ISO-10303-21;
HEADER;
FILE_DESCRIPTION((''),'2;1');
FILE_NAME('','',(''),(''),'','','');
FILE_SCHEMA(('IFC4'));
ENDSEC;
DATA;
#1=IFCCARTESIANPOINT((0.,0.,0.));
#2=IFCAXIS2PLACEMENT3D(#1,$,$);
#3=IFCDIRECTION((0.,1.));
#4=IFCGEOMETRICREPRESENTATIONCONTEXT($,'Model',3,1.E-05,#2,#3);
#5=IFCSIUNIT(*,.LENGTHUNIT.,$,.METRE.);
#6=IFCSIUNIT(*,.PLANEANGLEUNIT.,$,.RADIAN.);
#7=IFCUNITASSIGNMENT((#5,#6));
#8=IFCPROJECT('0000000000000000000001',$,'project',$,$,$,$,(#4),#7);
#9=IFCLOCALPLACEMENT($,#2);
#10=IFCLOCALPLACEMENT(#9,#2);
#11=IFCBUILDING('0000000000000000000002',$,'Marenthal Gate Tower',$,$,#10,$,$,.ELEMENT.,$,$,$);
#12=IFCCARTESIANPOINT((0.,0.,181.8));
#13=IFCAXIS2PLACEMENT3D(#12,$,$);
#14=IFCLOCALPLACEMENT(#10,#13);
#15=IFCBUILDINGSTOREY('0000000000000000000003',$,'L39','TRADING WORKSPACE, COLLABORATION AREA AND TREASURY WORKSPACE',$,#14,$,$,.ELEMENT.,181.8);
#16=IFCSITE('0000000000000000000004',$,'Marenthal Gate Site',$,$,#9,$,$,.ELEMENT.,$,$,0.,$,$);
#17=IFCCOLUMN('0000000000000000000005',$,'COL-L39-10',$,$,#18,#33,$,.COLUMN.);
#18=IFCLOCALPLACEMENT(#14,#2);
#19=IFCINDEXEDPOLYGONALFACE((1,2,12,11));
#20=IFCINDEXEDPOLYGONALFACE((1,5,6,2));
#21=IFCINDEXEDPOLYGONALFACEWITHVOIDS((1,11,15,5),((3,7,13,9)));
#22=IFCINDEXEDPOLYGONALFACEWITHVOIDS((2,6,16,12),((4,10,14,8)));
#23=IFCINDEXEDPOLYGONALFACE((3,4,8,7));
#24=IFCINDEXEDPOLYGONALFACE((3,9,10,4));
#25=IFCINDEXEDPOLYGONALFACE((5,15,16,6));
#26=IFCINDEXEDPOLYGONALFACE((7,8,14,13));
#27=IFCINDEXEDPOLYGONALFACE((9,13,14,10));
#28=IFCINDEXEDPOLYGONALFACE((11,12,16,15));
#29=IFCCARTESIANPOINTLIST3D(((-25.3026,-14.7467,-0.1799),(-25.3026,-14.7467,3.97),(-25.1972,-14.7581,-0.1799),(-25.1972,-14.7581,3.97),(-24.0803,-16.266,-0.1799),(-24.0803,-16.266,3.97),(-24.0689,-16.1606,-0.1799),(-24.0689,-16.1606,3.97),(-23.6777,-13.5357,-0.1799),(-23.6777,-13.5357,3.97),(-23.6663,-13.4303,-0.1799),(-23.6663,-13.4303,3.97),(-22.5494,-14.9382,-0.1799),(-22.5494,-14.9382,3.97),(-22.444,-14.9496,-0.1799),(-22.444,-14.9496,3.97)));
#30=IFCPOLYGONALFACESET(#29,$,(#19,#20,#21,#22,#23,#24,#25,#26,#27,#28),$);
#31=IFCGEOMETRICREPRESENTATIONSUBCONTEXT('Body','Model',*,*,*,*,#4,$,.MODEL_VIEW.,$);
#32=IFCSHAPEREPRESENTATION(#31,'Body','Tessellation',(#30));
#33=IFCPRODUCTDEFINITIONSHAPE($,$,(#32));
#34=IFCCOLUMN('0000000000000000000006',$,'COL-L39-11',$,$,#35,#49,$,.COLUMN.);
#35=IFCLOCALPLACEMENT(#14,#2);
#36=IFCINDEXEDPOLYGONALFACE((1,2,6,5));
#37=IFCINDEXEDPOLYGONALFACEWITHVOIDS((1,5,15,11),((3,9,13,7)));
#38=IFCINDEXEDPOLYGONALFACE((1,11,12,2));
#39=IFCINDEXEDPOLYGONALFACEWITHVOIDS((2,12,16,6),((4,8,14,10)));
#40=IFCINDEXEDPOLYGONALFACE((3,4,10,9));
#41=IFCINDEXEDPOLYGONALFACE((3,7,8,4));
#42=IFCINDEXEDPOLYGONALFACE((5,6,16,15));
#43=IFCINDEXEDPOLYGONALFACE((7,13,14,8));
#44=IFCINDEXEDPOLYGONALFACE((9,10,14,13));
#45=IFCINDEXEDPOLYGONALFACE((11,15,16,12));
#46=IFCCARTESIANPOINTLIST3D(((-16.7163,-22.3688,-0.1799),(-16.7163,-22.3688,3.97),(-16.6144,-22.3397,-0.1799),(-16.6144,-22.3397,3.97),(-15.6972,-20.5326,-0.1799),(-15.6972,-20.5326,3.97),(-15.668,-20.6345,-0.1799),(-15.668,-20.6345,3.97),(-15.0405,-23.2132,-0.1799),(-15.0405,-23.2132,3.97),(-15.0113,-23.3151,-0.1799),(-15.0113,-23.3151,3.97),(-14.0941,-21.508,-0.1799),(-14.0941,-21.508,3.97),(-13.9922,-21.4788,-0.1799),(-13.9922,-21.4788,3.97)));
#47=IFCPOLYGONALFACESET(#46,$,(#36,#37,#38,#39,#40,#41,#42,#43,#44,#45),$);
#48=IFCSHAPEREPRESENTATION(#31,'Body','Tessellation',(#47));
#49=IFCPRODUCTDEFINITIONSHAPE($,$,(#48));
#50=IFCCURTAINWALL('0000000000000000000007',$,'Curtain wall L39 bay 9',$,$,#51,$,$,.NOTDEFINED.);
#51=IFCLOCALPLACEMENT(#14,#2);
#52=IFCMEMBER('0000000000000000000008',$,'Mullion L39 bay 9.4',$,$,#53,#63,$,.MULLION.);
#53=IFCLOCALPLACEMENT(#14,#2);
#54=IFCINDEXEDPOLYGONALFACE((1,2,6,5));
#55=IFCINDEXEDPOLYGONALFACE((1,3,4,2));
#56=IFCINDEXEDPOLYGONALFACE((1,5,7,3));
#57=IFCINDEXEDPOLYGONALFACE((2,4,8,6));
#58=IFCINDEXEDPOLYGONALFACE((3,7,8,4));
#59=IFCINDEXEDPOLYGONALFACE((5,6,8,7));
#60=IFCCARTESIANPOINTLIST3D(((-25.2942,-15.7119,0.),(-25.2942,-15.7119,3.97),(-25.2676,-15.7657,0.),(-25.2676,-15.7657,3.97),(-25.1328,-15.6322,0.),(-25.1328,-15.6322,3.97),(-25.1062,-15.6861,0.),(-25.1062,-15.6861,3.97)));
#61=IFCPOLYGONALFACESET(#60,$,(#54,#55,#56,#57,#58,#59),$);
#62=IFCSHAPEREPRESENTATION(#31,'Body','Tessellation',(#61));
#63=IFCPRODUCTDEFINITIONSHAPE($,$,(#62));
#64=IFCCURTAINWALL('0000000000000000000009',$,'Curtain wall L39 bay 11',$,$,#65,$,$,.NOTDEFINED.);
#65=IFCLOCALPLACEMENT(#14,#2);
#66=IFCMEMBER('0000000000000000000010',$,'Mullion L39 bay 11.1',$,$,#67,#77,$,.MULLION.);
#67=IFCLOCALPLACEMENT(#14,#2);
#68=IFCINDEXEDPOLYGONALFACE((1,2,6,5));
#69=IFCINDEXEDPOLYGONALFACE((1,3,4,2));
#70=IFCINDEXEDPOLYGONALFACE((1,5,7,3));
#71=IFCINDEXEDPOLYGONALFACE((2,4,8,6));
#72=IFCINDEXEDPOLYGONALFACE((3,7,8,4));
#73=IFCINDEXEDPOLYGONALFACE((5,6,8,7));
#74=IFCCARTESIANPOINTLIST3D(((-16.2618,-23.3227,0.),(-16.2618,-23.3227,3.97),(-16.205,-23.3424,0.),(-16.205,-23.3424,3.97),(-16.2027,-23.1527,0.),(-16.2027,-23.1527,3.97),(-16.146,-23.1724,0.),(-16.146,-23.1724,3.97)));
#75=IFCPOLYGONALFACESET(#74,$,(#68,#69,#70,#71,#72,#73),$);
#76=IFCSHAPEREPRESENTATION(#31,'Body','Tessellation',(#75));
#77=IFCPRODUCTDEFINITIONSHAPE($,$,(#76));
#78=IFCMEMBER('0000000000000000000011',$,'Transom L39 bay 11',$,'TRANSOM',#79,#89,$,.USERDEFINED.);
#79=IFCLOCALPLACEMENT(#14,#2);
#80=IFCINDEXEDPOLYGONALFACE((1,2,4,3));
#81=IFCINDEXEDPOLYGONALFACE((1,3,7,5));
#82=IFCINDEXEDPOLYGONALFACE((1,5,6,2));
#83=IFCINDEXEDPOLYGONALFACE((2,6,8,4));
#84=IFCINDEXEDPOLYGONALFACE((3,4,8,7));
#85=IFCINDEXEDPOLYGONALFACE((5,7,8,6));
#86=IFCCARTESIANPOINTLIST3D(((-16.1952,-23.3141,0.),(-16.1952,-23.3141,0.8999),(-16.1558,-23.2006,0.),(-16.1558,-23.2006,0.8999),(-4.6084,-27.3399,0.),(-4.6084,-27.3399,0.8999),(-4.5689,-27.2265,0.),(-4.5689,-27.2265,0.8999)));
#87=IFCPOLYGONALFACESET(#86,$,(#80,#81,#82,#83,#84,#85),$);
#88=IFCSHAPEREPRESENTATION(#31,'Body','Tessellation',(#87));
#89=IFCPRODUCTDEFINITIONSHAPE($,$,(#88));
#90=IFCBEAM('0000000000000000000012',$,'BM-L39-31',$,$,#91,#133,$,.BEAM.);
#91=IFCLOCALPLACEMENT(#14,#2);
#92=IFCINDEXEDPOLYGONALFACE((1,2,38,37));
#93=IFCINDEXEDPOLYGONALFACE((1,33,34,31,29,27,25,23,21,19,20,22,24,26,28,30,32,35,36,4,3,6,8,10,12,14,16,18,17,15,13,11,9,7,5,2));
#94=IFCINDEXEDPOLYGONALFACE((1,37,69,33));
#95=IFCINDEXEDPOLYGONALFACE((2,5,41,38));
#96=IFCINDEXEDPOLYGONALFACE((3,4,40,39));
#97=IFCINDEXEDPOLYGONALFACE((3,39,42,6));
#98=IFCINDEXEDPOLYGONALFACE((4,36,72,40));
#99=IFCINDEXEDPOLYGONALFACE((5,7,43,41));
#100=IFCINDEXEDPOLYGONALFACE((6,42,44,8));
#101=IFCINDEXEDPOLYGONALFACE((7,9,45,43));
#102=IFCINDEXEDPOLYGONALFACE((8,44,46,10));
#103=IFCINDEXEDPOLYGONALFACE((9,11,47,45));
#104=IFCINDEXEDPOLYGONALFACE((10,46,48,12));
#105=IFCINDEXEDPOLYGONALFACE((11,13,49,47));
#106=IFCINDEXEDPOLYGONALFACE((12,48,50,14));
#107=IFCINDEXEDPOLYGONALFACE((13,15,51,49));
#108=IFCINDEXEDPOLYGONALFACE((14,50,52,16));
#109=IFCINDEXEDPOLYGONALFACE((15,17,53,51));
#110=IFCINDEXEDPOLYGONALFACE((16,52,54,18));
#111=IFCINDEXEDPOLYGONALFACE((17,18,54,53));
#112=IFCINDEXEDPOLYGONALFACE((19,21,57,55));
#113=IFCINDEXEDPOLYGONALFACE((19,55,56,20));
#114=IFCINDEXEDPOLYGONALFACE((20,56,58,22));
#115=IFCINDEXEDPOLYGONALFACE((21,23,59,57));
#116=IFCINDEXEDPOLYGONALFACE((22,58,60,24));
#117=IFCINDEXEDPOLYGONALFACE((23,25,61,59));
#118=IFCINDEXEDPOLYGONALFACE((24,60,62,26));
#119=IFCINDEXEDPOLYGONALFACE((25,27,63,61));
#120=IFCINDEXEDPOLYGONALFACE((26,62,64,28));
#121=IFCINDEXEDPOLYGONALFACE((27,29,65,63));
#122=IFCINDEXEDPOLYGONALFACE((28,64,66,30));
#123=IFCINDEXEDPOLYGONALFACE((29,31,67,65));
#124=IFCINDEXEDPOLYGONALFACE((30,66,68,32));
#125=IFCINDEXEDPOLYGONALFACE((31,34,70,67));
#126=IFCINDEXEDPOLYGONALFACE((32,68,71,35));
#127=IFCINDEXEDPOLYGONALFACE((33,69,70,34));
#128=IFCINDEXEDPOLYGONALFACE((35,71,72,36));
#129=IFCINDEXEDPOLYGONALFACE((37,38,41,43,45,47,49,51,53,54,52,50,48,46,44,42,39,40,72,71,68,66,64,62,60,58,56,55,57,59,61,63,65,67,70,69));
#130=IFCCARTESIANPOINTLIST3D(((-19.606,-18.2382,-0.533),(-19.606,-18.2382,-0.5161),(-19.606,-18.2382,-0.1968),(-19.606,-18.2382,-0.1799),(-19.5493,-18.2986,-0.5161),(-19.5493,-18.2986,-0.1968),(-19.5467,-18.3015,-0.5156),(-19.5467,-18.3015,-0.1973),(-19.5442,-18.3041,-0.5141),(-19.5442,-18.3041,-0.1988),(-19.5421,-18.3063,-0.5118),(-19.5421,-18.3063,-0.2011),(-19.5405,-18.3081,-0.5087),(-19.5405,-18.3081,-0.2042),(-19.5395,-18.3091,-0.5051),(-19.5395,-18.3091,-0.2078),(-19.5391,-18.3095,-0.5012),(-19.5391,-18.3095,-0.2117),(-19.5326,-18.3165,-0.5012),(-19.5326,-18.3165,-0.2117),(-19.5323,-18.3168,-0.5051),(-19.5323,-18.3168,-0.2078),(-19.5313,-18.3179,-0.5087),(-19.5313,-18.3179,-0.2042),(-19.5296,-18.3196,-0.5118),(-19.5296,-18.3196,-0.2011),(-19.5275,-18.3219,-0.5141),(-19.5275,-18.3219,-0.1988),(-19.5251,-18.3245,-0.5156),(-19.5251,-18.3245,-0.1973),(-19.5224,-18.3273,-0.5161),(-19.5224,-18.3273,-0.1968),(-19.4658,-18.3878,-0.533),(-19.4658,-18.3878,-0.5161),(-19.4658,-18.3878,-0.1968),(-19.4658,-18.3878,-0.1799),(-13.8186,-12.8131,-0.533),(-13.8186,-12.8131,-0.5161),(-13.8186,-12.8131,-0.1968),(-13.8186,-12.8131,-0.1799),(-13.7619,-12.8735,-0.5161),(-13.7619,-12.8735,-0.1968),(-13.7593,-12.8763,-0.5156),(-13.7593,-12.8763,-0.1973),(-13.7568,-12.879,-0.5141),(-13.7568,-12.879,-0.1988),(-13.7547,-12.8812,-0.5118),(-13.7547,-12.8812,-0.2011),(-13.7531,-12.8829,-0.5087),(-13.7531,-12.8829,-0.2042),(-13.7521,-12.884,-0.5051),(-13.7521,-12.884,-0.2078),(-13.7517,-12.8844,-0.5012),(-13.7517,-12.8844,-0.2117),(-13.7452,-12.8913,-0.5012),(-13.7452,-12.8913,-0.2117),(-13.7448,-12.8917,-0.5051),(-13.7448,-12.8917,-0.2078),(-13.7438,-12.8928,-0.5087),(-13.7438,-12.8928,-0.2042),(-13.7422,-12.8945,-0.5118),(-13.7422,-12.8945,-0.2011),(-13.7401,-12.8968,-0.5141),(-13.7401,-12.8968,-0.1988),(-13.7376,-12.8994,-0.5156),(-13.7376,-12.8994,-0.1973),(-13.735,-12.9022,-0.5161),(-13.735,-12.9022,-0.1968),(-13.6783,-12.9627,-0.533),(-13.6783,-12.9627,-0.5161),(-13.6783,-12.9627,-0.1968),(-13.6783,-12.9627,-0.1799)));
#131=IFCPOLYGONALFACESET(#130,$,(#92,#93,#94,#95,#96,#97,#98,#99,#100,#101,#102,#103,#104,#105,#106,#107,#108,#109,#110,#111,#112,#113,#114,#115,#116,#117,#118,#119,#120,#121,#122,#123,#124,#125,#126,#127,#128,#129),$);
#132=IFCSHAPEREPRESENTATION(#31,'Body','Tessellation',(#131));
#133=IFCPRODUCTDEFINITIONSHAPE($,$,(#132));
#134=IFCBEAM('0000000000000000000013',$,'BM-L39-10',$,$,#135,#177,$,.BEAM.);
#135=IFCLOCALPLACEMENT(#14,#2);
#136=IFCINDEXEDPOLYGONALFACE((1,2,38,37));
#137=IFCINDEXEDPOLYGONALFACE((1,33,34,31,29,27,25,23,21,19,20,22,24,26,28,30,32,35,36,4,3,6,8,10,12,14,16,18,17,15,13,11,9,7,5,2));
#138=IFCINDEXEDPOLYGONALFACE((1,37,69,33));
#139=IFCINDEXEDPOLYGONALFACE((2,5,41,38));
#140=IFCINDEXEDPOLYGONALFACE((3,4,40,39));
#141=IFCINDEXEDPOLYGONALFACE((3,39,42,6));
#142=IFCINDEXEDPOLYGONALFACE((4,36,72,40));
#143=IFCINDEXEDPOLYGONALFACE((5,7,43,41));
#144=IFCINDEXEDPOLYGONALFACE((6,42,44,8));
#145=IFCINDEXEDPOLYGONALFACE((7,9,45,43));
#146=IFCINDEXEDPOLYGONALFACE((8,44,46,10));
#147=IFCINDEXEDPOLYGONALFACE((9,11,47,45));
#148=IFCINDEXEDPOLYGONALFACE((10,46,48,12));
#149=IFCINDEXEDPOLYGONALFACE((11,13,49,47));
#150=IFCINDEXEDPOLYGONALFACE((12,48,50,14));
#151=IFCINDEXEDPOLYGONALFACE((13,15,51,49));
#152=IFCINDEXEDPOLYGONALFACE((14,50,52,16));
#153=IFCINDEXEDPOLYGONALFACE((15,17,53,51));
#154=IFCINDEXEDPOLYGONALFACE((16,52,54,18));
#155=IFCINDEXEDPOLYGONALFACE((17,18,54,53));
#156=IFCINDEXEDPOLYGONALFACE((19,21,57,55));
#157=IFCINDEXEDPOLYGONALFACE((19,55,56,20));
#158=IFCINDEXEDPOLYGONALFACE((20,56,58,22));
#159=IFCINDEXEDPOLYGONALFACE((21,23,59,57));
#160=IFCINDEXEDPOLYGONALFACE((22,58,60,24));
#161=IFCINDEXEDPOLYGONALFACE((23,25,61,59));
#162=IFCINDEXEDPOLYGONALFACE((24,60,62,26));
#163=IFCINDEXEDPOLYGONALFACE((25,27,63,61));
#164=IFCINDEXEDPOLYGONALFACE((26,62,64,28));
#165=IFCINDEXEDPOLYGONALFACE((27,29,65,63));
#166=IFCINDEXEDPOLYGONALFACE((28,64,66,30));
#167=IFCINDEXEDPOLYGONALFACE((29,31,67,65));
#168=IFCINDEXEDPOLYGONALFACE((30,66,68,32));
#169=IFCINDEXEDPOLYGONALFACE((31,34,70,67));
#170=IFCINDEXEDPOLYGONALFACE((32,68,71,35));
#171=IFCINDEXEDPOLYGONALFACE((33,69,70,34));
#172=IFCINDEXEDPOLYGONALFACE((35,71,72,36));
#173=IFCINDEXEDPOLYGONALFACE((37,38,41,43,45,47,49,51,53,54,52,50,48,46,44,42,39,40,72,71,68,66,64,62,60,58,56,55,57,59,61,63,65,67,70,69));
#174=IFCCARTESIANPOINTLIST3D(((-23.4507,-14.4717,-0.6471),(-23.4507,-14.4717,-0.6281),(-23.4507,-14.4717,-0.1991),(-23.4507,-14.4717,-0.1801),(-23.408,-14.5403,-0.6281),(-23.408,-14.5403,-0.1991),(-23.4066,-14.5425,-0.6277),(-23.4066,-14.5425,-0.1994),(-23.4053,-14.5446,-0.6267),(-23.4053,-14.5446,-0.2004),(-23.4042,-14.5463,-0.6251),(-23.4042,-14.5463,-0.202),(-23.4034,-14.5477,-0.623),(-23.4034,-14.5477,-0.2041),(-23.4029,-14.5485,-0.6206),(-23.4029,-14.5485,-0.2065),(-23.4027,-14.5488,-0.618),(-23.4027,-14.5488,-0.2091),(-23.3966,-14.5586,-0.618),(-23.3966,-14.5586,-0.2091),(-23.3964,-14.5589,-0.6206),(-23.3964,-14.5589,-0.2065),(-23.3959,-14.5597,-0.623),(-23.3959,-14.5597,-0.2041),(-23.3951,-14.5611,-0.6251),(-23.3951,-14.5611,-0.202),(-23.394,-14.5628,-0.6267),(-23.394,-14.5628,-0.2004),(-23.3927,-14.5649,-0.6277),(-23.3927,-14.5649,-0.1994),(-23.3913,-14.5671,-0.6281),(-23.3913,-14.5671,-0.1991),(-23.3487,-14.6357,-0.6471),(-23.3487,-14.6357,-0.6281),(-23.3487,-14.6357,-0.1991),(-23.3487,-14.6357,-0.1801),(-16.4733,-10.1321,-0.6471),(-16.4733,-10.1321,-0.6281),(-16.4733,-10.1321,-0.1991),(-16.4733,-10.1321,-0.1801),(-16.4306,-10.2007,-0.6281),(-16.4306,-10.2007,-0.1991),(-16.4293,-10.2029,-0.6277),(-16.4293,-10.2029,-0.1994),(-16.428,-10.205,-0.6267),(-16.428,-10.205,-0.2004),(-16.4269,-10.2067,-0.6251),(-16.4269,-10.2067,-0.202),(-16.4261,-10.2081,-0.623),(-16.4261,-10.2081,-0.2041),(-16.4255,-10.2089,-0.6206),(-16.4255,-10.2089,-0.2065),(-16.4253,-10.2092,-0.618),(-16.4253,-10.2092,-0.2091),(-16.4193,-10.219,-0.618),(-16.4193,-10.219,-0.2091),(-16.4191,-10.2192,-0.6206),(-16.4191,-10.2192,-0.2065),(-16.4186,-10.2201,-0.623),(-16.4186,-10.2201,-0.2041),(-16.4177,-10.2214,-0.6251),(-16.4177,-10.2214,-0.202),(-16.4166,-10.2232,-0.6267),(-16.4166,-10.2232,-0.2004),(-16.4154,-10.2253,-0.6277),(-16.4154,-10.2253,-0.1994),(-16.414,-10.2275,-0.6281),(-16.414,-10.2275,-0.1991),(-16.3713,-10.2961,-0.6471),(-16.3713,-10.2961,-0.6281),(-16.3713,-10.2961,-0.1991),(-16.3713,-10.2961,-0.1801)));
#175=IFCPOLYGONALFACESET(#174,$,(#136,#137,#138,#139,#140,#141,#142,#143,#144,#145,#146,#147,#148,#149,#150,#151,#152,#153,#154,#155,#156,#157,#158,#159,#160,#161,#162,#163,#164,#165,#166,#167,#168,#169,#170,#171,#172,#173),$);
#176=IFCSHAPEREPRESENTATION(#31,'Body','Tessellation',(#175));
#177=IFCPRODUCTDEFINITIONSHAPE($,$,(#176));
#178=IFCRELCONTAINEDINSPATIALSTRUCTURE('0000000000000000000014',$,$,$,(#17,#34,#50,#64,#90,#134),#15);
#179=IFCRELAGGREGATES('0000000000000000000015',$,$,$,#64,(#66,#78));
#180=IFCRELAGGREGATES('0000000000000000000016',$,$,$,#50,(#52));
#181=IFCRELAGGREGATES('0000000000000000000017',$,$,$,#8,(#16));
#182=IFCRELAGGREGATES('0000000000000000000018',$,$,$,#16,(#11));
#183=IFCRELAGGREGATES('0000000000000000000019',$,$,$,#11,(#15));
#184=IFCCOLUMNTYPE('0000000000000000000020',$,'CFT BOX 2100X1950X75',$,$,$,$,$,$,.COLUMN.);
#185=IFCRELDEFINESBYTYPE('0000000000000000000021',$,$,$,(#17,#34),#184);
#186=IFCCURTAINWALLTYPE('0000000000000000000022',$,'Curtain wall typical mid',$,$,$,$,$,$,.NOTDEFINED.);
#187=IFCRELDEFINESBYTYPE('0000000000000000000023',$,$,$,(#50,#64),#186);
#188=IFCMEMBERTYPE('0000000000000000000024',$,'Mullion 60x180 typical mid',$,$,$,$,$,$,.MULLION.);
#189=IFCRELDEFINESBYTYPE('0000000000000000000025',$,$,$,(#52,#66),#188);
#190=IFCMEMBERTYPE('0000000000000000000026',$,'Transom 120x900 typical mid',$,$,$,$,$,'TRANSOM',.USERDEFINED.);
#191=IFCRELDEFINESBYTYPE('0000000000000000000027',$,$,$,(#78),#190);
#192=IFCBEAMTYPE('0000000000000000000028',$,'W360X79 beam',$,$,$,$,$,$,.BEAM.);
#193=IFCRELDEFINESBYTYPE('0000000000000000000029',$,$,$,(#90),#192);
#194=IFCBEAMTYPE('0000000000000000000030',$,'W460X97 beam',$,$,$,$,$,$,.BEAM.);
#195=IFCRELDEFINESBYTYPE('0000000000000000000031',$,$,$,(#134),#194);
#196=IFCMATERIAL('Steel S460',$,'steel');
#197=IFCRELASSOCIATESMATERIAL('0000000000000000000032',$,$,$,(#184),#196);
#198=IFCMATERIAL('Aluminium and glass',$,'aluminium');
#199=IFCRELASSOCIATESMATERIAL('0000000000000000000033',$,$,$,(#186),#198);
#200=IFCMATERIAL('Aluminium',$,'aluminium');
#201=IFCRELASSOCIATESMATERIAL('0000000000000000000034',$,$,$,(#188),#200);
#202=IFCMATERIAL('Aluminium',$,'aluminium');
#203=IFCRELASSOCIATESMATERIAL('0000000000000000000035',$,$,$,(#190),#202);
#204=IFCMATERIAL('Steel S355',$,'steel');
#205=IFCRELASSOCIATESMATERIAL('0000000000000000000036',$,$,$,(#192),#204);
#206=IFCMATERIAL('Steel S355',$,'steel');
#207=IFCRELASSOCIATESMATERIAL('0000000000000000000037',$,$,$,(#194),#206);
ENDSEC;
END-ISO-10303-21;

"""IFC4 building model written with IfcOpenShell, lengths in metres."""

from ifc_helpers import new_model, si_unit, direction, frame, origin, origin_2d, place, context, subcontext, project, spatial, rectangle, hollow_rectangle, i_section, extrude, material, material_profile, profile_set, type_object, element, aggregate, save


model = new_model("IFC4")

# Units and contexts
model_context = context("Model", 3, precision=1e-05, world=origin(), true_north=direction((0.0, 1.0)))
body_context = subcontext(model_context, "Body", "Model", "MODEL_VIEW")
ifc_project = project(units=[si_unit("LENGTHUNIT", "METRE"), si_unit("PLANEANGLEUNIT", "RADIAN")], contexts=[model_context])

# Site, building, storey
site_placement = place(None, origin())
site = spatial("IfcSite", under=ifc_project, at=site_placement, Name="Marenthal Gate Site", CompositionType="ELEMENT", RefElevation=0.0)
building_placement = place(site_placement, origin())
building = spatial("IfcBuilding", under=site, at=building_placement, Name="Marenthal Gate Tower", CompositionType="ELEMENT")
storey_placement = place(building_placement, frame((0.0, 0.0, 181.8)))
storey = spatial("IfcBuildingStorey", under=building, at=storey_placement, Name="L39", Description="TRADING WORKSPACE, COLLABORATION AREA AND TREASURY WORKSPACE", CompositionType="ELEMENT", Elevation=181.8)

# Columns
ifc_material_1 = material(Name="Steel S460", Category="steel")
ifc_material_profile_1 = material_profile(ifc_material_1, hollow_rectangle(XDim=1.95, YDim=2.1001, WallThickness=0.075, at=origin_2d()), Name="CFT BOX 2100X1950X75")
ifc_material_2 = material(Name="Concrete 70 MPa", Category="concrete")
ifc_material_profile_2 = material_profile(ifc_material_2, rectangle(XDim=1.8, YDim=1.95, at=origin_2d()), Name="CFT BOX 2100X1950X75 INFILL")
ifc_profile_set_1 = profile_set([ifc_material_profile_1, ifc_material_profile_2], Name="Steel S460 shell, Concrete 70 MPa infill")
column_type = type_object("IfcColumnType", Name="CFT BOX 2100X1950X75", PredefinedType="COLUMN", material=ifc_profile_set_1)
for number, where, z_axis, x_axis, name in (
    (1, (-23.8733, -14.8481, -0.1799), (0.0, 0.0, 1.0), (-0.626815, 0.779168, 0.0), "COL-L39-10"),
    (2, (-15.3542, -21.9238, -0.1799), (0.0, 0.0, 1.0), (-0.874371, 0.485258, 0.0), "COL-L39-11"),
):
    element("IfcColumn", number, at=place(storey_placement, frame(where, z_axis=z_axis, x_axis=x_axis)), inside=storey, type_object=column_type, Name=name, PredefinedType="COLUMN", context=body_context, shape_type="SweptSolid", body=[
        extrude(hollow_rectangle(XDim=1.95, YDim=2.1001, WallThickness=0.075, at=origin_2d()), origin(), (0.0, 0.0, 1.0), 4.1499),
    ])

# Curtain wall, member
ifc_material_3 = material(Name="Aluminium and glass", Category="aluminium")
curtain_wall_type = type_object("IfcCurtainWallType", Name="Curtain wall typical mid", PredefinedType="NOTDEFINED", material=ifc_material_3)
curtain_wall_1_placement = place(storey_placement, origin())
curtain_wall_1 = element("IfcCurtainWall", 3, at=curtain_wall_1_placement, inside=storey, type_object=curtain_wall_type, Name="Curtain wall L39 bay 9", PredefinedType="NOTDEFINED")
ifc_material_4 = material(Name="Aluminium", Category="aluminium")
ifc_material_profile_3 = material_profile(ifc_material_4, rectangle(XDim=0.1799, YDim=0.0601, at=origin_2d()), Name="60x180 aluminium mullion")
ifc_profile_set_2 = profile_set([ifc_material_profile_3], Name="Aluminium")
member_type_1 = type_object("IfcMemberType", Name="Mullion 60x180 typical mid", PredefinedType="MULLION", material=ifc_profile_set_2)
member_1_placement = place(storey_placement, frame((-25.2002, -15.699, 0.0), z_axis=(0.0, 0.0, 1.0), x_axis=(0.896643, 0.442753, 0.0)))
member_1 = element("IfcMember", 4, at=member_1_placement, type_object=member_type_1, Name="Mullion L39 bay 9.4", PredefinedType="MULLION", context=body_context, shape_type="SweptSolid", body=[
    extrude(rectangle(XDim=0.1799, YDim=0.0601, at=origin_2d()), origin(), (0.0, 0.0, 1.0), 3.97),
])

# Curtain wall, members
curtain_wall_2_placement = place(storey_placement, origin())
curtain_wall_2 = element("IfcCurtainWall", 5, at=curtain_wall_2_placement, inside=storey, type_object=curtain_wall_type, Name="Curtain wall L39 bay 11", PredefinedType="NOTDEFINED")
member_2_placement = place(storey_placement, frame((-16.2039, -23.2476, 0.0), z_axis=(0.0, 0.0, 1.0), x_axis=(0.328211, 0.944604, 0.0)))
member_2 = element("IfcMember", 6, at=member_2_placement, type_object=member_type_1, Name="Mullion L39 bay 11.1", PredefinedType="MULLION", context=body_context, shape_type="SweptSolid", body=[
    extrude(rectangle(XDim=0.1799, YDim=0.0601, at=origin_2d()), origin(), (0.0, 0.0, 1.0), 3.97),
])
ifc_material_5 = material(Name="Aluminium", Category="aluminium")
ifc_material_profile_4 = material_profile(ifc_material_5, rectangle(XDim=0.1201, YDim=0.8999, at=origin_2d()), Name="120x900 aluminium transom")
ifc_profile_set_3 = profile_set([ifc_material_profile_4], Name="Aluminium")
member_type_2 = type_object("IfcMemberType", Name="Transom 120x900 typical mid", ElementType="TRANSOM", PredefinedType="USERDEFINED", material=ifc_profile_set_3)
member_3_placement = place(storey_placement, frame((-16.1755, -23.2573, 0.45), z_axis=(0.944607, -0.328204, 0.0), x_axis=(0.328204, 0.944607, 0.0)))
member_3 = element("IfcMember", 7, at=member_3_placement, type_object=member_type_2, Name="Transom L39 bay 11", ObjectType="TRANSOM", PredefinedType="USERDEFINED", context=body_context, shape_type="SweptSolid", body=[
    extrude(rectangle(XDim=0.1201, YDim=0.8999, at=origin_2d()), origin(), (0.0, 0.0, 1.0), 12.2664),
])
aggregate(curtain_wall_2, [member_2, member_3])

# Beams
ifc_material_6 = material(Name="Steel S355", Category="steel")
ifc_material_profile_5 = material_profile(ifc_material_6, i_section(OverallWidth=0.2051, OverallDepth=0.353, WebThickness=0.0095, FlangeThickness=0.0168, FilletRadius=0.0149, at=origin_2d()), Name="W360X79")
ifc_profile_set_4 = profile_set([ifc_material_profile_5], Name="Steel S355")
beam_type_1 = type_object("IfcBeamType", Name="W360X79 beam", PredefinedType="BEAM", material=ifc_profile_set_4)
beam_1_placement = place(storey_placement, frame((-19.5359, -18.313, -0.3564), z_axis=(0.729575, 0.683901, 0.0), x_axis=(-0.683901, 0.729575, 0.0)))
element("IfcBeam", 8, at=beam_1_placement, inside=storey, type_object=beam_type_1, Name="BM-L39-31", PredefinedType="BEAM", context=body_context, shape_type="SweptSolid", body=[
    extrude(i_section(OverallWidth=0.2051, OverallDepth=0.353, WebThickness=0.0095, FlangeThickness=0.0168, FilletRadius=0.0149, at=origin_2d()), origin(), (0.0, 0.0, 1.0), 7.9326),
])
ifc_material_7 = material(Name="Steel S355", Category="steel")
ifc_material_profile_6 = material_profile(ifc_material_7, i_section(OverallWidth=0.1931, OverallDepth=0.467, WebThickness=0.0115, FlangeThickness=0.019, FilletRadius=0.01, at=origin_2d()), Name="W460X97")
ifc_profile_set_5 = profile_set([ifc_material_profile_6], Name="Steel S355")
beam_type_2 = type_object("IfcBeamType", Name="W460X97 beam", PredefinedType="BEAM", material=ifc_profile_set_5)
beam_2_placement = place(storey_placement, frame((-23.3997, -14.5537, -0.4136), z_axis=(0.849156, 0.528141, 0.0), x_axis=(-0.528141, 0.849156, 0.0)))
element("IfcBeam", 9, at=beam_2_placement, inside=storey, type_object=beam_type_2, Name="BM-L39-10", PredefinedType="BEAM", context=body_context, shape_type="SweptSolid", body=[
    extrude(i_section(OverallWidth=0.1931, OverallDepth=0.467, WebThickness=0.0115, FlangeThickness=0.019, FilletRadius=0.01, at=origin_2d()), origin(), (0.0, 0.0, 1.0), 8.2168),
])

aggregate(curtain_wall_1, [member_1])

save(model, "model.ifc")
